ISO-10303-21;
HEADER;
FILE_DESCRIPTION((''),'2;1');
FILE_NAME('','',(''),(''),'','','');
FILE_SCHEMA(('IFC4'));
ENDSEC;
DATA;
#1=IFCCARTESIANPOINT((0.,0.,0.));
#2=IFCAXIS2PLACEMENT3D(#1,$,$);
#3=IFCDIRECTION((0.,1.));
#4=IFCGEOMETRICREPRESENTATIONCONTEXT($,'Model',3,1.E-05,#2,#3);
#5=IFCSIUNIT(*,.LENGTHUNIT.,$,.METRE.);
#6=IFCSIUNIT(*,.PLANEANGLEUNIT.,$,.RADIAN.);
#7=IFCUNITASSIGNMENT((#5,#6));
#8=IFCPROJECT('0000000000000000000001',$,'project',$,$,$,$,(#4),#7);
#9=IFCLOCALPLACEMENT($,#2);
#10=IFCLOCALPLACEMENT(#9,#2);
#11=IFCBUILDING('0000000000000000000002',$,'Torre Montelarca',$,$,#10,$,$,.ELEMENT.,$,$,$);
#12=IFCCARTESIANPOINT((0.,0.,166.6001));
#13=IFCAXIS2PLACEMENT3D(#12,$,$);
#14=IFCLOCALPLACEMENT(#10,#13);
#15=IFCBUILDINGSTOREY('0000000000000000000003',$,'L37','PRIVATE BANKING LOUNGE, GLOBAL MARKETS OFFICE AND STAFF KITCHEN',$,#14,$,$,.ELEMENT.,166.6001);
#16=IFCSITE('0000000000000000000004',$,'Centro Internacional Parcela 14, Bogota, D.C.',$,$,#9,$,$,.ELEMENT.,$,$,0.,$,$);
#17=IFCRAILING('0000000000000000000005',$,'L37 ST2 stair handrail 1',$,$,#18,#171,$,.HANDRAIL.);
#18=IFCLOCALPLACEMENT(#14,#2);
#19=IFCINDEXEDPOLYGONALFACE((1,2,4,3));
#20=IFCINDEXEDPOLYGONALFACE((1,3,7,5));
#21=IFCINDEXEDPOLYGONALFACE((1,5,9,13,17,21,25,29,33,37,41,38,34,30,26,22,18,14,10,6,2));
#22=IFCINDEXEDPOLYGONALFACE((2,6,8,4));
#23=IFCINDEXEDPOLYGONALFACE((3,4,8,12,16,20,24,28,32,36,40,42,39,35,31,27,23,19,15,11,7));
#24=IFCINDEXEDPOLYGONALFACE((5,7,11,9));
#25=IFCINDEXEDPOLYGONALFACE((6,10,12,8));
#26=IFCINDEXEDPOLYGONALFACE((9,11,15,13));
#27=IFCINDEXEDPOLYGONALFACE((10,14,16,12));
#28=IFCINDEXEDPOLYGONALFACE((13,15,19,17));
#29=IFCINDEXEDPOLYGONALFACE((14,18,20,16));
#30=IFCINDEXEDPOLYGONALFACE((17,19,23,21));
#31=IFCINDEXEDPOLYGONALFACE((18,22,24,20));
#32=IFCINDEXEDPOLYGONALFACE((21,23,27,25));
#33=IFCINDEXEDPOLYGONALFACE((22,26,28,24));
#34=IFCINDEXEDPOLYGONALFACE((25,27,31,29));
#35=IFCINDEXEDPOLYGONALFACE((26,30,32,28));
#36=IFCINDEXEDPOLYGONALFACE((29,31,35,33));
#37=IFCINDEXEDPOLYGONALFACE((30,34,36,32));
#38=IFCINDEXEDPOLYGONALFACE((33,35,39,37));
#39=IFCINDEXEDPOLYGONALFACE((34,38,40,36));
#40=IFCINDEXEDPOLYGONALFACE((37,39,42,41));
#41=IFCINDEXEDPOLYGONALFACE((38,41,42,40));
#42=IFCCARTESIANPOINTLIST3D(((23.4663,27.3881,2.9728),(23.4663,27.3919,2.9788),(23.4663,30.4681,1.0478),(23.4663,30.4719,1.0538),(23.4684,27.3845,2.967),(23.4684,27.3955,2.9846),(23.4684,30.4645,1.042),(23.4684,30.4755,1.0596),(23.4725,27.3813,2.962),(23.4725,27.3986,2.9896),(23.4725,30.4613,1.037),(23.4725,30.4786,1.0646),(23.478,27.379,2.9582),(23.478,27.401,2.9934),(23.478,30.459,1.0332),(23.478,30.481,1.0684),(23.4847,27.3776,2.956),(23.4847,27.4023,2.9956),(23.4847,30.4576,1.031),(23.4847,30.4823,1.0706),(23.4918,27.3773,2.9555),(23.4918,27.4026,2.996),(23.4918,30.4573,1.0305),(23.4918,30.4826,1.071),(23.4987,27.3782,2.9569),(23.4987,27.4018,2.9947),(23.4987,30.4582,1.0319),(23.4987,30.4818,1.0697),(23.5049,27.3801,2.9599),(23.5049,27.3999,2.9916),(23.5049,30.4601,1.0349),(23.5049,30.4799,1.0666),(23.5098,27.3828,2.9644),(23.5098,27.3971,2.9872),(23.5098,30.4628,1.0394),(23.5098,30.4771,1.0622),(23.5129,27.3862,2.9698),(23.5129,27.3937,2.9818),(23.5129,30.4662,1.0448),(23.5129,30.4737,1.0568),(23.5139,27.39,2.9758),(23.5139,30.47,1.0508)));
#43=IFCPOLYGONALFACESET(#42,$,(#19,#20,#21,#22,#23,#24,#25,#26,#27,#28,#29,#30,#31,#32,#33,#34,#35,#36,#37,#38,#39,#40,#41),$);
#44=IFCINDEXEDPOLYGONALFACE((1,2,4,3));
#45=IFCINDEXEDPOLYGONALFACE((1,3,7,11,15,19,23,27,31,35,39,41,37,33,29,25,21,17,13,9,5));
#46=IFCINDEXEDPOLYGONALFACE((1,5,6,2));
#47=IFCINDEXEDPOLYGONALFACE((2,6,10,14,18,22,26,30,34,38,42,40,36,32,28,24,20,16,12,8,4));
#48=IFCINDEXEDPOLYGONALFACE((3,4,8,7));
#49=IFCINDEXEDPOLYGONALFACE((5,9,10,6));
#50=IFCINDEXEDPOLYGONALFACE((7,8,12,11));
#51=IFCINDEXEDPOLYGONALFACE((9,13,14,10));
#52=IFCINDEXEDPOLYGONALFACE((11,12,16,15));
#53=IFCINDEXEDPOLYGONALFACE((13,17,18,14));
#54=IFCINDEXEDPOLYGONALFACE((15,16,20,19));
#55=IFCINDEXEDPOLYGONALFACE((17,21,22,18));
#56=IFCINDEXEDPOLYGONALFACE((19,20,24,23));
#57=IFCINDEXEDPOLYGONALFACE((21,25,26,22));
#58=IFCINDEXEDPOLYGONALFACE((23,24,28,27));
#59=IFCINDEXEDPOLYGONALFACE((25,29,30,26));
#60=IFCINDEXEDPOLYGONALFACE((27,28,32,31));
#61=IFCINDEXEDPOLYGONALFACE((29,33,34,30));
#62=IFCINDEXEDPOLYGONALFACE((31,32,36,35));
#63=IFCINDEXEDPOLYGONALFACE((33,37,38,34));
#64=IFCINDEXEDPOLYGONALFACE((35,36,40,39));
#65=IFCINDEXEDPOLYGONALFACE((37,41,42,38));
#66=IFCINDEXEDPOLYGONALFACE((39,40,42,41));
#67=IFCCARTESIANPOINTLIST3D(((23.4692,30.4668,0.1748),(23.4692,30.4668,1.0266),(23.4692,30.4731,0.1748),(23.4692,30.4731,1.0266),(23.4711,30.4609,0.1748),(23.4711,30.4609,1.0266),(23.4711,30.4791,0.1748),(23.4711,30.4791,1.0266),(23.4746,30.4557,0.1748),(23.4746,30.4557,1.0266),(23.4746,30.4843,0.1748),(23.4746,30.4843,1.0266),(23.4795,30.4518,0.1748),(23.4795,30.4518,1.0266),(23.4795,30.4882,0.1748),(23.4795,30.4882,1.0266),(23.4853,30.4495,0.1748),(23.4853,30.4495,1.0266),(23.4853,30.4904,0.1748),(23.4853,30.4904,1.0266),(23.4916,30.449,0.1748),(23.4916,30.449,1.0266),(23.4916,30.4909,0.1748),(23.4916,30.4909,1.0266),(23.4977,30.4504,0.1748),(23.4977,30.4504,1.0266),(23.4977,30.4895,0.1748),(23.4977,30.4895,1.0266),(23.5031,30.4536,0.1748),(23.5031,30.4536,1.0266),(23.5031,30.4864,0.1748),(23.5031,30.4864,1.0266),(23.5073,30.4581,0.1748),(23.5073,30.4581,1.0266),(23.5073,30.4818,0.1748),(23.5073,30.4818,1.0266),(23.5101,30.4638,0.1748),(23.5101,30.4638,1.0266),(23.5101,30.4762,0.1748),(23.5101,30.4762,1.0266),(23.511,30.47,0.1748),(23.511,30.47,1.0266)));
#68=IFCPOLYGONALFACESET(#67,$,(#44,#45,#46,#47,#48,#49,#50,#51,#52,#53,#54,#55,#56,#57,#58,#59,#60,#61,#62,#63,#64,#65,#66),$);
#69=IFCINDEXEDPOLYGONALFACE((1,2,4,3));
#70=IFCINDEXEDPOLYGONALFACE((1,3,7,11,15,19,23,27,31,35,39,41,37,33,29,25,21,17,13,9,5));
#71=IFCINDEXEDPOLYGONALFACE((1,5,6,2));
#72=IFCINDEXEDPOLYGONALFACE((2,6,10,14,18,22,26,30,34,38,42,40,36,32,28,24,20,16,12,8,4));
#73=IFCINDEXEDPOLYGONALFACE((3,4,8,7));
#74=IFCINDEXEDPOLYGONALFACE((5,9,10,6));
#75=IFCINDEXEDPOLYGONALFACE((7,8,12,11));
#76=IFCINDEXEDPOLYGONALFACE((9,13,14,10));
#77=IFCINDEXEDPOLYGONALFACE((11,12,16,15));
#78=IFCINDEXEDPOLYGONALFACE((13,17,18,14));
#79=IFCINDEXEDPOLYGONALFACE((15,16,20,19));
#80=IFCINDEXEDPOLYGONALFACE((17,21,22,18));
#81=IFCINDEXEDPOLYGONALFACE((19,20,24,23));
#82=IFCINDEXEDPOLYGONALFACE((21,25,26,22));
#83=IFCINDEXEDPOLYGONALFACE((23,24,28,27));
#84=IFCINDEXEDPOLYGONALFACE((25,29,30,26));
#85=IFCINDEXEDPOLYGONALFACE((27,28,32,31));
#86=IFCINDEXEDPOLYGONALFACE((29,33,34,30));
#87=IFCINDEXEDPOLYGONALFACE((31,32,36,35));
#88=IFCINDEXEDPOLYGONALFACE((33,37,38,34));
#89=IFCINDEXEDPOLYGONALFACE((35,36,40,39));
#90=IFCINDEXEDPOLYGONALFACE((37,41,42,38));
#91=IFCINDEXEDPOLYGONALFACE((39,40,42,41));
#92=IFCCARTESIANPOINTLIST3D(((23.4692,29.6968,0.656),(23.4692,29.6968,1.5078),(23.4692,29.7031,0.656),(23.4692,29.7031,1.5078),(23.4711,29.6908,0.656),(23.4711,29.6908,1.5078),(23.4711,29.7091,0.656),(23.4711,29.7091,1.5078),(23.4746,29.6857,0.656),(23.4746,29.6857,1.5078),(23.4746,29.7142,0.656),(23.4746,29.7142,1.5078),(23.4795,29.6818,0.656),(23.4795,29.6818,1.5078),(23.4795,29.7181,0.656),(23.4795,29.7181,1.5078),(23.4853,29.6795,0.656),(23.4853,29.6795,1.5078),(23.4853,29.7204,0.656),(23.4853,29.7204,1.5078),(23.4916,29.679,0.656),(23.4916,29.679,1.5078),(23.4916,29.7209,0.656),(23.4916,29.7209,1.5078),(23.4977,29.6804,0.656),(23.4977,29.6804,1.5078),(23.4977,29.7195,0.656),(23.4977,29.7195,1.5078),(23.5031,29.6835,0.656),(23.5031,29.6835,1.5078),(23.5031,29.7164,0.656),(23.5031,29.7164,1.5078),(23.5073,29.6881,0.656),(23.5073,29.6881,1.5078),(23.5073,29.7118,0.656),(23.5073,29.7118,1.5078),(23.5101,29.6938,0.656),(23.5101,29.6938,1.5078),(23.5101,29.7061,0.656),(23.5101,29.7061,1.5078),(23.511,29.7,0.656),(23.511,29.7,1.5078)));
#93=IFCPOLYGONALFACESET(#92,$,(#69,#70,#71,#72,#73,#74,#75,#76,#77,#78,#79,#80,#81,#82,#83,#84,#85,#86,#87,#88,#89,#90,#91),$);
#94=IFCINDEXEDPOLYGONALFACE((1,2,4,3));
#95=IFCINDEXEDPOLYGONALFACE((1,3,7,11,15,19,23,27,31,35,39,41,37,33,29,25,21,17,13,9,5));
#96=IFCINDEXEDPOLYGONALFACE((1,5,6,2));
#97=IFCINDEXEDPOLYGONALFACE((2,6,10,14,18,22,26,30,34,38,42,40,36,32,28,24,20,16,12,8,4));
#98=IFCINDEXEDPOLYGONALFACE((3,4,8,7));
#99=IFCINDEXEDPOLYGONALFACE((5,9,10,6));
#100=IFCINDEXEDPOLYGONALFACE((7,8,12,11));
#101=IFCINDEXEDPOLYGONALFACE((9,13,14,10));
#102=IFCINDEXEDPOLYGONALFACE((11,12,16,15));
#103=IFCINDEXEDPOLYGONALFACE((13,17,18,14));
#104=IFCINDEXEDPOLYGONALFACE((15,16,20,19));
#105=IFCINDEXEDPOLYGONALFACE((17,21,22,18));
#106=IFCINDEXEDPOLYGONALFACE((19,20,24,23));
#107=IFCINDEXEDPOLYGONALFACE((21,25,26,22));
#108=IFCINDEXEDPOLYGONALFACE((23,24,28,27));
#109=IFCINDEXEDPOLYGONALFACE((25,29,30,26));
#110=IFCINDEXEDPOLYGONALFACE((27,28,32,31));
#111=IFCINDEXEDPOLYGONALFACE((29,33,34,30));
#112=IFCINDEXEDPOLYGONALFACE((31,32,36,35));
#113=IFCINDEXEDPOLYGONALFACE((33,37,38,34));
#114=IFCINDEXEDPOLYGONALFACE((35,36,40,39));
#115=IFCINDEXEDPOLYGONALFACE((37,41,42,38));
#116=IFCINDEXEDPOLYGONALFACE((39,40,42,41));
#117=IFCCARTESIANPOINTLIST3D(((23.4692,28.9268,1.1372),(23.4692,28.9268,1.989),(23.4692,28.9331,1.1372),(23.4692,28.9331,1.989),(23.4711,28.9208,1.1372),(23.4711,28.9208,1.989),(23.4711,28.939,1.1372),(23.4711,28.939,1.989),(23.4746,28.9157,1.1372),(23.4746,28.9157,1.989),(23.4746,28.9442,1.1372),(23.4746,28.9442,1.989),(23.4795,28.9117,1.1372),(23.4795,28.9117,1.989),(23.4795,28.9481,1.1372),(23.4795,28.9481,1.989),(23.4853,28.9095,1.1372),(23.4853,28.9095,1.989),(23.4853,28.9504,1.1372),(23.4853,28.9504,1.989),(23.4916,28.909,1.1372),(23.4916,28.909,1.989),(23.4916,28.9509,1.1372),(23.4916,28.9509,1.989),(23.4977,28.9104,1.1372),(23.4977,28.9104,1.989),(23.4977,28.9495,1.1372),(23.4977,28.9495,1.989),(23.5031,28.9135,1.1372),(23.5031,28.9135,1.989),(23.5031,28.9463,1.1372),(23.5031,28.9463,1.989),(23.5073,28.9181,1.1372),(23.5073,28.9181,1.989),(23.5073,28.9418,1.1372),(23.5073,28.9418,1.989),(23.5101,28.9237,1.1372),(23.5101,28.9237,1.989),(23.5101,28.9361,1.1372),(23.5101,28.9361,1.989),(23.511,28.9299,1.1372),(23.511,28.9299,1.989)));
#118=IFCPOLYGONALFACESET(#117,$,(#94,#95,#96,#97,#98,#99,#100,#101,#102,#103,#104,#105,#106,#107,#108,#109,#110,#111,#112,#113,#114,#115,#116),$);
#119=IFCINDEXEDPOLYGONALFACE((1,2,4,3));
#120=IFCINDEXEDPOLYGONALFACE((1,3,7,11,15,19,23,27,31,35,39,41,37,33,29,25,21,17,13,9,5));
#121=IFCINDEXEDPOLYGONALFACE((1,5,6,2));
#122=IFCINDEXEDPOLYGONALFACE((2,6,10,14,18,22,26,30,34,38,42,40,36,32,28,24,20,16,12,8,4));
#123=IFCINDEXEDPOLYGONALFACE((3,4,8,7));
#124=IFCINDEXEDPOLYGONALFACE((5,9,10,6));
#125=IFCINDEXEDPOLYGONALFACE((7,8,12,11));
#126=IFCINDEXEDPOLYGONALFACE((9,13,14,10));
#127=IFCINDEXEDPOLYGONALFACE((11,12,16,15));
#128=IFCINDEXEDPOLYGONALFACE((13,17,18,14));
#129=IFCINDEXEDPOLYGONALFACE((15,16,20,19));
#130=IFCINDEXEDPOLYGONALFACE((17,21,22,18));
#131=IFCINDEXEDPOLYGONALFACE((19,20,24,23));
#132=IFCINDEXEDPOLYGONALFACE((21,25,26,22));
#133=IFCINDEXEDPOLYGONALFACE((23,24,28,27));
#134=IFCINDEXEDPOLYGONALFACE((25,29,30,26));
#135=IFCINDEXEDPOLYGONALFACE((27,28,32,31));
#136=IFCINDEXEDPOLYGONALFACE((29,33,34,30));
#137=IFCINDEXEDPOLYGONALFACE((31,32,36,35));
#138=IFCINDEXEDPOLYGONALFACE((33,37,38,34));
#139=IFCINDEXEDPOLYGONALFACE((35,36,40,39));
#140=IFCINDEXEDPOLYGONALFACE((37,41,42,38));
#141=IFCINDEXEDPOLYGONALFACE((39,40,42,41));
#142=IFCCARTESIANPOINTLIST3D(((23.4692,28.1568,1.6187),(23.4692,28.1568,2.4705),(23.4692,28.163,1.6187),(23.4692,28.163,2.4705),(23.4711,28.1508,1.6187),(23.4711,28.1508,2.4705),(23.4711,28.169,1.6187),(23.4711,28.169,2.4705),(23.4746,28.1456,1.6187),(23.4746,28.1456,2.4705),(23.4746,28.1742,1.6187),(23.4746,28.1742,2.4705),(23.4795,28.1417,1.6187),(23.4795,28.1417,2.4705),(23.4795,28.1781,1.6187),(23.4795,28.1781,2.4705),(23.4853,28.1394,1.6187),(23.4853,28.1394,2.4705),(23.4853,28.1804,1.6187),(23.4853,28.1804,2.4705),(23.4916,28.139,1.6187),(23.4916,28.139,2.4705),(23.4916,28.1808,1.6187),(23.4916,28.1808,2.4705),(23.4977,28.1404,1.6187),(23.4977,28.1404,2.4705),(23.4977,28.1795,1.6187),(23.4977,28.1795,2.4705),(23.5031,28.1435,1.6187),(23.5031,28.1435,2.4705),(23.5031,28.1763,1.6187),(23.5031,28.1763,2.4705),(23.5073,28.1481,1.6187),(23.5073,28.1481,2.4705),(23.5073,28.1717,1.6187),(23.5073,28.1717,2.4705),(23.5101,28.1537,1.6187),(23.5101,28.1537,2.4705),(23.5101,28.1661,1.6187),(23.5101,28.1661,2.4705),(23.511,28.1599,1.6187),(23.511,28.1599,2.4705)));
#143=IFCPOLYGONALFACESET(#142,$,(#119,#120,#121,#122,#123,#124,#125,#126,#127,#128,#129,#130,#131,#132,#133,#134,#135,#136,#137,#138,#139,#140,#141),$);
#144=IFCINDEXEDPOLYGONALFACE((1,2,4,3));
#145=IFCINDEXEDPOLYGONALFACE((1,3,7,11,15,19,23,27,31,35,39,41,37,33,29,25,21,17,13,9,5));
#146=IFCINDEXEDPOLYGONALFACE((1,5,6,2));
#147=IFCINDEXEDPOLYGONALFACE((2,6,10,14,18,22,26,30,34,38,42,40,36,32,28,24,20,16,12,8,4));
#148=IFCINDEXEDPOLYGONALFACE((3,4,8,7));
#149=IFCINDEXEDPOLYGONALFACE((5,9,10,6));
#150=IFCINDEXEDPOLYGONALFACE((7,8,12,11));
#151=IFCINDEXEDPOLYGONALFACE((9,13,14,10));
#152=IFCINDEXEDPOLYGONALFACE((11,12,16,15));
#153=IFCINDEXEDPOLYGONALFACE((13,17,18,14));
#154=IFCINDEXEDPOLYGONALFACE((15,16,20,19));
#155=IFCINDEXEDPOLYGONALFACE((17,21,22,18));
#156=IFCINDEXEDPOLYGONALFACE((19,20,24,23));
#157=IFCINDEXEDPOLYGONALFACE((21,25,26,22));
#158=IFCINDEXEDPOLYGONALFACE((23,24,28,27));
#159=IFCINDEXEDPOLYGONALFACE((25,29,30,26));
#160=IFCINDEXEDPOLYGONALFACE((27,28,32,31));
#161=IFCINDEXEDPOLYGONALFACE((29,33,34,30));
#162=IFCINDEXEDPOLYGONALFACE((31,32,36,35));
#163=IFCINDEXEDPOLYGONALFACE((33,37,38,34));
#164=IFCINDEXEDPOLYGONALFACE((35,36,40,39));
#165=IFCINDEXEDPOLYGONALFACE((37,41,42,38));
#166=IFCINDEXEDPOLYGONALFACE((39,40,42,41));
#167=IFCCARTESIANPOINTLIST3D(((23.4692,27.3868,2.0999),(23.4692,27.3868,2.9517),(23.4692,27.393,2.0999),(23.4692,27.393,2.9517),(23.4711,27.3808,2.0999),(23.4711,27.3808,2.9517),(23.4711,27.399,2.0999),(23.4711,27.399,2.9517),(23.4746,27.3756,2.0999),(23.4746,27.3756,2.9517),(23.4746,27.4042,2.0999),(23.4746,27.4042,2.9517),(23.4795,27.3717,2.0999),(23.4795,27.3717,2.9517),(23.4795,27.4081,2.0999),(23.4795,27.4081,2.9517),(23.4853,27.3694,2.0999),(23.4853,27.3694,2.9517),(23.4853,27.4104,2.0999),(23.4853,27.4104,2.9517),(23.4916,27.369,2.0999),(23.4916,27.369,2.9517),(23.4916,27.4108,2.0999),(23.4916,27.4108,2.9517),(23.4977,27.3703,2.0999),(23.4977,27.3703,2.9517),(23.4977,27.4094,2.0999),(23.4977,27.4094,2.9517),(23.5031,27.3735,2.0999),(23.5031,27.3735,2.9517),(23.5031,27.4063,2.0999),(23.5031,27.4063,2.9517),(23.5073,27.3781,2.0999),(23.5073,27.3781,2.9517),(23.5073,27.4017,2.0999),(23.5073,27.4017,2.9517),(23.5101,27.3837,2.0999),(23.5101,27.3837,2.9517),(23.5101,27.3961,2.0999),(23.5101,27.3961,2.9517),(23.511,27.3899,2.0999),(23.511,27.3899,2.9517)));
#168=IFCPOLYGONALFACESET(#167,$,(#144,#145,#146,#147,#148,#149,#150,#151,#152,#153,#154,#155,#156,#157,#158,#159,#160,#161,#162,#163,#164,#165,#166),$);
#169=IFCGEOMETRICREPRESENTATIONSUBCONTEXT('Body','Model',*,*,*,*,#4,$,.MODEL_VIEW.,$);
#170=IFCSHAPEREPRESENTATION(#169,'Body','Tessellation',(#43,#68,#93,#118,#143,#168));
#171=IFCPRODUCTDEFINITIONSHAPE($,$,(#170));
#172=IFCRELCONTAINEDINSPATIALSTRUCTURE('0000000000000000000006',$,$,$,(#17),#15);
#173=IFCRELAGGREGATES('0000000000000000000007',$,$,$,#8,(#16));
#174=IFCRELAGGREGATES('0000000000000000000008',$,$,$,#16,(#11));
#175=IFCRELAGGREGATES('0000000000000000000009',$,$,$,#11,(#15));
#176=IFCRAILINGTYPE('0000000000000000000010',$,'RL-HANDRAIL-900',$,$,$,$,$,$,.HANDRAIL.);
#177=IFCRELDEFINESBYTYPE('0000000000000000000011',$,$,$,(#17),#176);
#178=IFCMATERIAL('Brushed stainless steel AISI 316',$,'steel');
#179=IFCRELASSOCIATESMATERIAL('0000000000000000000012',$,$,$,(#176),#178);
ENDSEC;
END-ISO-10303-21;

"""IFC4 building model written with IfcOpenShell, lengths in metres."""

from ifc_helpers import new_model, si_unit, direction, frame, origin, origin_2d, place, context, subcontext, project, spatial, circle, extrude, material, type_object, element, save


model = new_model("IFC4")

# Units and contexts
model_context = context("Model", 3, precision=1e-05, world=origin(), true_north=direction((0.0, 1.0)))
body_context = subcontext(model_context, "Body", "Model", "MODEL_VIEW")
ifc_project = project(units=[si_unit("LENGTHUNIT", "METRE"), si_unit("PLANEANGLEUNIT", "RADIAN")], contexts=[model_context])

# Site, building, storey
site_placement = place(None, origin())
site = spatial("IfcSite", under=ifc_project, at=site_placement, Name="Centro Internacional Parcela 14, Bogota, D.C.", CompositionType="ELEMENT", RefElevation=0.0)
building_placement = place(site_placement, origin())
building = spatial("IfcBuilding", under=site, at=building_placement, Name="Torre Montelarca", CompositionType="ELEMENT")
storey_placement = place(building_placement, frame((0.0, 0.0, 166.6001)))
storey = spatial("IfcBuildingStorey", under=building, at=storey_placement, Name="L37", Description="PRIVATE BANKING LOUNGE, GLOBAL MARKETS OFFICE AND STAFF KITCHEN", CompositionType="ELEMENT", Elevation=166.6001)

# Shared definitions
ifc_material_1 = material(Name="Brushed stainless steel AISI 316", Category="steel")

# Railing
railing_type_1 = type_object("IfcRailingType", Name="RL-HANDRAIL-900", PredefinedType="HANDRAIL", material=ifc_material_1)
railing_1_placement = place(storey_placement, frame((23.49, 30.47, 0.1748)))
element("IfcRailing", 1, at=railing_1_placement, inside=storey, type_object=railing_type_1, Name="L37 ST2 stair handrail 1", PredefinedType="HANDRAIL", context=body_context, shape_type="SweptSolid", body=[
    extrude(circle(Radius=0.0239, at=origin_2d()), frame((0.0, 0.0, 0.876), z_axis=(0.0, -0.847998, 0.529999), x_axis=(1.0, 0.0, 0.0)), (0.0, 0.0, 1.0), 3.6321),
    extrude(circle(Radius=0.021, at=origin_2d()), origin(), (0.0, 0.0, 1.0), 0.8518),
    extrude(circle(Radius=0.021, at=origin_2d()), frame((0.0, -0.77, 0.4812)), (0.0, 0.0, 1.0), 0.8518),
    extrude(circle(Radius=0.021, at=origin_2d()), frame((0.0, -1.54, 0.9624)), (0.0, 0.0, 1.0), 0.8518),
    extrude(circle(Radius=0.021, at=origin_2d()), frame((0.0, -2.3101, 1.4438)), (0.0, 0.0, 1.0), 0.8518),
    extrude(circle(Radius=0.021, at=origin_2d()), frame((0.0, -3.0801, 1.925)), (0.0, 0.0, 1.0), 0.8518),
])

save(model, "model.ifc")
